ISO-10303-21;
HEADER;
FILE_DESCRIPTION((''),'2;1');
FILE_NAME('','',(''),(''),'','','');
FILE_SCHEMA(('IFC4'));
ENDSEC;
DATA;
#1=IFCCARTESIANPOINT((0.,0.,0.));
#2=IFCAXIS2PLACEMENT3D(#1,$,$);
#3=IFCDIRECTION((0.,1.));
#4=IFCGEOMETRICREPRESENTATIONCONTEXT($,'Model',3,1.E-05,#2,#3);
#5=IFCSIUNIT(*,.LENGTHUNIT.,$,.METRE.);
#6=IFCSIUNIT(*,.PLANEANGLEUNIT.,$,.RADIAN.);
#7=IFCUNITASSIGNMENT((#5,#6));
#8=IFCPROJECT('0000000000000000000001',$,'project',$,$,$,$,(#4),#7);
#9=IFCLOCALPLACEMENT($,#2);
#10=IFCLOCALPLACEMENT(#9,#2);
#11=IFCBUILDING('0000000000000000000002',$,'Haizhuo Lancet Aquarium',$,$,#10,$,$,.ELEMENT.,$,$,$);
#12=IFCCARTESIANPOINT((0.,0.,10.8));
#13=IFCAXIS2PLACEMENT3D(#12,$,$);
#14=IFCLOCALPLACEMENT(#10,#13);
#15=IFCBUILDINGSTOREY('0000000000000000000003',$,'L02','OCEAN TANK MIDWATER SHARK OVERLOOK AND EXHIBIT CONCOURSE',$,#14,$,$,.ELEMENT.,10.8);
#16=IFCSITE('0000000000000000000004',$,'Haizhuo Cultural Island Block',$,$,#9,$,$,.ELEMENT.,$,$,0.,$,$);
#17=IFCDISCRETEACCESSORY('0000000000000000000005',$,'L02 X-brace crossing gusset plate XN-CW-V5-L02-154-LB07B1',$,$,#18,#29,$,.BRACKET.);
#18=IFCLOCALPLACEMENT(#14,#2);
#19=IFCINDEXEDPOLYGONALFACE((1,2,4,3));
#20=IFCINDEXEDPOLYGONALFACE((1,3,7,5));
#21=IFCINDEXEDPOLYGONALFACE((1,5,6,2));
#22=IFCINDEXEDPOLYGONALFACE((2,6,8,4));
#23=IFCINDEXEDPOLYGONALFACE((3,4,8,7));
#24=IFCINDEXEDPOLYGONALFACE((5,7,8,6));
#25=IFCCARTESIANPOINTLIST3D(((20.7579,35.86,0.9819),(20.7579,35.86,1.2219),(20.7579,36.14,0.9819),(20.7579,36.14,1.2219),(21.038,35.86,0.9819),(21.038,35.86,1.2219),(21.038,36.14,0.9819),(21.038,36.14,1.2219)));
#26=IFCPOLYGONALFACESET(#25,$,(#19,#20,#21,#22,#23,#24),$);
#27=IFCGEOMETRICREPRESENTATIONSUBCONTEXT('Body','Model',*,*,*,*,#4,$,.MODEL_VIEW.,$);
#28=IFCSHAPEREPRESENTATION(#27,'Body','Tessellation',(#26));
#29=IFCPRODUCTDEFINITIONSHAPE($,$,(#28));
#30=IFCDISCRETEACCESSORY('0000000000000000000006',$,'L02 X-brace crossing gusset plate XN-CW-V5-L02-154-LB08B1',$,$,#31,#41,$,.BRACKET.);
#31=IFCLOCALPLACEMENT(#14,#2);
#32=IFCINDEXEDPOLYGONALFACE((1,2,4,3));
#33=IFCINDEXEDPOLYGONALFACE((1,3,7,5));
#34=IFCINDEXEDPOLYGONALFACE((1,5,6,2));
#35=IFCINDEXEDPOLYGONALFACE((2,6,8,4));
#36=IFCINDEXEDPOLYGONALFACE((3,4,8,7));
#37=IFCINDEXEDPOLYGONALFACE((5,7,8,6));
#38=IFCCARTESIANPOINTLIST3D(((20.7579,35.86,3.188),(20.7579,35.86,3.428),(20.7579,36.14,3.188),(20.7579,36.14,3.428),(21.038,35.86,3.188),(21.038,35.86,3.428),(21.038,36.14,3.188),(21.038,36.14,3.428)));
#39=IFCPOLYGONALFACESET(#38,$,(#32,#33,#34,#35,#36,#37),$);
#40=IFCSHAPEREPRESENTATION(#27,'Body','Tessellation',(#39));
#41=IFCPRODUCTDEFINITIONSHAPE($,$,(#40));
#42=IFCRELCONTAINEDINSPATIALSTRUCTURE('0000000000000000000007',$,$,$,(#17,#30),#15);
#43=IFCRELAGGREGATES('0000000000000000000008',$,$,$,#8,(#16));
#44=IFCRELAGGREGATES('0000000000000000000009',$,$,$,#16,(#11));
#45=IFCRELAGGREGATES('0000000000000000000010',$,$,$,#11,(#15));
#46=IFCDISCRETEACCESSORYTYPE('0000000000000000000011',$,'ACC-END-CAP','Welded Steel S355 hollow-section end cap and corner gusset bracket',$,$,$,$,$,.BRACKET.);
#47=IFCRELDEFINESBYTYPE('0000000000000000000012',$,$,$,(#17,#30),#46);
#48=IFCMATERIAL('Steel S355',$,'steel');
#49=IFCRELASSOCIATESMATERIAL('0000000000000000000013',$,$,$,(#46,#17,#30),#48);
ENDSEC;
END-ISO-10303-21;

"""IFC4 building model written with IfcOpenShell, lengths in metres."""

from ifc_helpers import new_model, si_unit, direction, frame, origin, origin_2d, place, context, subcontext, project, spatial, rectangle, extrude, material, type_object, element, save


model = new_model("IFC4")

# Units and contexts
model_context = context("Model", 3, precision=1e-05, world=origin(), true_north=direction((0.0, 1.0)))
body_context = subcontext(model_context, "Body", "Model", "MODEL_VIEW")
ifc_project = project(units=[si_unit("LENGTHUNIT", "METRE"), si_unit("PLANEANGLEUNIT", "RADIAN")], contexts=[model_context])

# Site, building, storey
site_placement = place(None, origin())
site = spatial("IfcSite", under=ifc_project, at=site_placement, Name="Haizhuo Cultural Island Block", CompositionType="ELEMENT", RefElevation=0.0)
building_placement = place(site_placement, origin())
building = spatial("IfcBuilding", under=site, at=building_placement, Name="Haizhuo Lancet Aquarium", CompositionType="ELEMENT")
storey_placement = place(building_placement, frame((0.0, 0.0, 10.8)))
storey = spatial("IfcBuildingStorey", under=building, at=storey_placement, Name="L02", Description="OCEAN TANK MIDWATER SHARK OVERLOOK AND EXHIBIT CONCOURSE", CompositionType="ELEMENT", Elevation=10.8)

# Shared definitions
ifc_material_1 = material(Name="Steel S355", Category="steel")

# Discrete accessories
discrete_accessory_type = type_object("IfcDiscreteAccessoryType", Name="ACC-END-CAP", Description="Welded Steel S355 hollow-section end cap and corner gusset bracket", PredefinedType="BRACKET", material=ifc_material_1)
for number, where, z_axis, x_axis, name in (
    (1, (20.8979, 36.0, 0.9819), (0.0, 0.0, 1.0), (1.0, 0.0, 0.0), "L02 X-brace crossing gusset plate XN-CW-V5-L02-154-LB07B1"),
    (2, (20.8979, 36.0, 3.188), (0.0, 0.0, 1.0), (1.0, 0.0, 0.0), "L02 X-brace crossing gusset plate XN-CW-V5-L02-154-LB08B1"),
):
    element("IfcDiscreteAccessory", number, at=place(storey_placement, frame(where, z_axis=z_axis, x_axis=x_axis)), inside=storey, type_object=discrete_accessory_type, material=ifc_material_1, Name=name, PredefinedType="BRACKET", context=body_context, shape_type="SweptSolid", body=[
        extrude(rectangle(XDim=0.28, YDim=0.28, at=origin_2d()), origin(), (0.0, 0.0, 1.0), 0.24),
    ])

save(model, "model.ifc")
